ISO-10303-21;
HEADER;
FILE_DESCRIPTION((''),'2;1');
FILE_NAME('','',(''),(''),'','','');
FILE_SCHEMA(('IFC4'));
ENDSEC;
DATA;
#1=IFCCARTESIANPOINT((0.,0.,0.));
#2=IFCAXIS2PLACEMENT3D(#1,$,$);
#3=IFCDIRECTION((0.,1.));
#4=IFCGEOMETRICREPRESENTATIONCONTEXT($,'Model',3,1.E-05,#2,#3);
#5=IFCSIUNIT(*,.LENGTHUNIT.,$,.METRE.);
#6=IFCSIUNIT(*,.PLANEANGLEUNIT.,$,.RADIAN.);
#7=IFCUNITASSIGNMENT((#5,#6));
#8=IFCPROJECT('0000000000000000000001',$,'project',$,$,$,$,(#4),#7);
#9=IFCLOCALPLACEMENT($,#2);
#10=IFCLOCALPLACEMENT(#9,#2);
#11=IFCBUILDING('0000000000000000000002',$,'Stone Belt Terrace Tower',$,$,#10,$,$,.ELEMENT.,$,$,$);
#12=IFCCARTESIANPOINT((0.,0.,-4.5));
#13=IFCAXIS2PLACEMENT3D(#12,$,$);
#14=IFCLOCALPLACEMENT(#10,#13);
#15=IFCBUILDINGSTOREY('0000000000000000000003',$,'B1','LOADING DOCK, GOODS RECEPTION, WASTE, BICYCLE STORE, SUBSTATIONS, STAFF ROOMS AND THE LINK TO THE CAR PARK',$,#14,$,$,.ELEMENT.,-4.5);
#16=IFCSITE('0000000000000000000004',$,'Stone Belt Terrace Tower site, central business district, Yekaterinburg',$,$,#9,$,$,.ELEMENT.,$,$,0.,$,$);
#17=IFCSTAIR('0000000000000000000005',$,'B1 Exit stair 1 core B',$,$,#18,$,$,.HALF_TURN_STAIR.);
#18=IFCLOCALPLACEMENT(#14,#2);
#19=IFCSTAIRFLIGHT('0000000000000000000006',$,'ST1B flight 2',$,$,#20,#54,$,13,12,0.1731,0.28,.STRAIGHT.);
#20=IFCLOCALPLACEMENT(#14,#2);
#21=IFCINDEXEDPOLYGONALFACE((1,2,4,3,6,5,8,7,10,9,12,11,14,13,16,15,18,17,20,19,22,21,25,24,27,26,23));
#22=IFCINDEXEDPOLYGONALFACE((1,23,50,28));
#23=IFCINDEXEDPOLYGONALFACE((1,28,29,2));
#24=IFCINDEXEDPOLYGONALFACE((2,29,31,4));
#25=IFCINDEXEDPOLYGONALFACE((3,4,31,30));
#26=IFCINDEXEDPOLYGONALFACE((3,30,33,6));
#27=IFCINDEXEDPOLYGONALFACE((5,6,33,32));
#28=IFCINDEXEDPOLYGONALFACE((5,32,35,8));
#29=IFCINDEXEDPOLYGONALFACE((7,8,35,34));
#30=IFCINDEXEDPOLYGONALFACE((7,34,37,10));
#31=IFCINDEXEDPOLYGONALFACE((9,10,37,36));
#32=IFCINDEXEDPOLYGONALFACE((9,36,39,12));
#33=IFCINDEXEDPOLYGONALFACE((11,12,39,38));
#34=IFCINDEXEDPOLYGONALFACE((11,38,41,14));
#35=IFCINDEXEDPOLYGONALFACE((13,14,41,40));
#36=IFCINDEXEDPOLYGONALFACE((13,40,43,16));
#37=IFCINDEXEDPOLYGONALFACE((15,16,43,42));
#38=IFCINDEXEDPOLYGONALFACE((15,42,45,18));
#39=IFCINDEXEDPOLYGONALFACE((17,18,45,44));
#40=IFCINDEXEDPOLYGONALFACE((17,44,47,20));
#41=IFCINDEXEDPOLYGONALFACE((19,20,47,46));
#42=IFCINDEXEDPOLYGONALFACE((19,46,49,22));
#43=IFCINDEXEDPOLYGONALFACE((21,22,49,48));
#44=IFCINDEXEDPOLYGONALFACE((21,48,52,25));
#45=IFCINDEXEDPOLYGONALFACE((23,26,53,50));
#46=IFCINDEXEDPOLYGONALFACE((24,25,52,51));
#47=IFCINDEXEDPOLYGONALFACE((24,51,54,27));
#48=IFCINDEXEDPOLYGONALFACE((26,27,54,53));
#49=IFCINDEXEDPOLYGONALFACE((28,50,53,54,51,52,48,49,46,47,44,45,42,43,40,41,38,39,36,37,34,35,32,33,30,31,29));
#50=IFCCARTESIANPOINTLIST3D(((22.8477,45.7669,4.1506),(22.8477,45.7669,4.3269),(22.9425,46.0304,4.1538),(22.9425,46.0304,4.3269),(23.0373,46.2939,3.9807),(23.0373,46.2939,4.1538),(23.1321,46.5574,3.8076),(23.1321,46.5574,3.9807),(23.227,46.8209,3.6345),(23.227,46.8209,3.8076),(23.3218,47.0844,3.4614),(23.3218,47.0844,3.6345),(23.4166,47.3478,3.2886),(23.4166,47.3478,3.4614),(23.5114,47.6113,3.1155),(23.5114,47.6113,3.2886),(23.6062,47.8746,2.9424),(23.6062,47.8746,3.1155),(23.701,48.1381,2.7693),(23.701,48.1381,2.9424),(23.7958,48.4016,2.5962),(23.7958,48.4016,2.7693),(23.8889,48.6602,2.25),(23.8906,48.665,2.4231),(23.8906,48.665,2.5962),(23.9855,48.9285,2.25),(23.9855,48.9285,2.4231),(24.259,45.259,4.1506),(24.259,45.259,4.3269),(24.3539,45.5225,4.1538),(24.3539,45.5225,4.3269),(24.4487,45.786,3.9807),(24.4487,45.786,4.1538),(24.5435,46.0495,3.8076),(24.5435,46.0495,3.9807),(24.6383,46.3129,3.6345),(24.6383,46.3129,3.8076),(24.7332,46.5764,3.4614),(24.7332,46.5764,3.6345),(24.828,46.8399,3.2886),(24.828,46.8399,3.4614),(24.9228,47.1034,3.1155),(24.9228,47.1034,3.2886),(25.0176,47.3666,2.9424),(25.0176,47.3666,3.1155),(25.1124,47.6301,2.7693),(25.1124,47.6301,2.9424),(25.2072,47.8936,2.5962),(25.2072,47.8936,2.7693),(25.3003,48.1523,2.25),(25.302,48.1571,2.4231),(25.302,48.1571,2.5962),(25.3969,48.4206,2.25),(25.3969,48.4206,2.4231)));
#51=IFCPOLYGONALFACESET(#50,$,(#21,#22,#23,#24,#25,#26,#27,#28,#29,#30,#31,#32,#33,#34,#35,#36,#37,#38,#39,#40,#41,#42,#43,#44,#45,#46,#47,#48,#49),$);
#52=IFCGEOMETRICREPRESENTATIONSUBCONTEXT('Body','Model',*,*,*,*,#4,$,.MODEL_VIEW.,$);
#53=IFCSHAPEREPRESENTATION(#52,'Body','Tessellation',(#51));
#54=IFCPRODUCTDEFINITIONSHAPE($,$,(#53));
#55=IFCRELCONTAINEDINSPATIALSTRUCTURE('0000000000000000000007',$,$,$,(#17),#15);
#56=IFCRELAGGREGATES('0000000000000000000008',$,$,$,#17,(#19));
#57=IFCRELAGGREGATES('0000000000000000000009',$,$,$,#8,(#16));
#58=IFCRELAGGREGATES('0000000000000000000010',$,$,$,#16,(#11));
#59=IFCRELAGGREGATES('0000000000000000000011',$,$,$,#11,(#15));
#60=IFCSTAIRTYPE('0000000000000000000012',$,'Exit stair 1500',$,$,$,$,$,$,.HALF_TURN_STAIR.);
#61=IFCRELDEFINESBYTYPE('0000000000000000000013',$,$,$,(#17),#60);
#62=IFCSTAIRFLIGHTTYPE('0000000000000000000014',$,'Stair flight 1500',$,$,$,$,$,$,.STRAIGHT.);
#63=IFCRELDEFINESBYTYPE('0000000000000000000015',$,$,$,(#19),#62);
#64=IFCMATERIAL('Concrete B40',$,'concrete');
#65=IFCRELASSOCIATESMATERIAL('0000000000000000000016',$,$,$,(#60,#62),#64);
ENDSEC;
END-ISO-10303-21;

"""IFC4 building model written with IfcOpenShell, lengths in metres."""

from ifc_helpers import new_model, si_unit, direction, frame, origin, place, context, subcontext, project, spatial, polyline, outline, extrude, material, type_object, element, aggregate, save


model = new_model("IFC4")

# Units and contexts
model_context = context("Model", 3, precision=1e-05, world=origin(), true_north=direction((0.0, 1.0)))
body_context = subcontext(model_context, "Body", "Model", "MODEL_VIEW")
ifc_project = project(units=[si_unit("LENGTHUNIT", "METRE"), si_unit("PLANEANGLEUNIT", "RADIAN")], contexts=[model_context])

# Site, building, storey
site_placement = place(None, origin())
site = spatial("IfcSite", under=ifc_project, at=site_placement, Name="Stone Belt Terrace Tower site, central business district, Yekaterinburg", CompositionType="ELEMENT", RefElevation=0.0)
building_placement = place(site_placement, origin())
building = spatial("IfcBuilding", under=site, at=building_placement, Name="Stone Belt Terrace Tower", CompositionType="ELEMENT")
storey_placement = place(building_placement, frame((0.0, 0.0, -4.5)))
storey = spatial("IfcBuildingStorey", under=building, at=storey_placement, Name="B1", Description="LOADING DOCK, GOODS RECEPTION, WASTE, BICYCLE STORE, SUBSTATIONS, STAFF ROOMS AND THE LINK TO THE CAR PARK", CompositionType="ELEMENT", Elevation=-4.5)

# Stair, stair flight
ifc_material_1 = material(Name="Concrete B40", Category="concrete")
stair_type = type_object("IfcStairType", Name="Exit stair 1500", PredefinedType="HALF_TURN_STAIR", material=ifc_material_1)
stair_placement = place(storey_placement, origin())
stair = element("IfcStair", 1, at=stair_placement, inside=storey, type_object=stair_type, Name="B1 Exit stair 1 core B", PredefinedType="HALF_TURN_STAIR")
stair_flight_type = type_object("IfcStairFlightType", Name="Stair flight 1500", PredefinedType="STRAIGHT", material=ifc_material_1)
stair_flight_1_placement = place(storey_placement, frame((24.6912, 48.6746, 2.25), z_axis=(0.0, 0.0, 1.0), x_axis=(-0.338624, -0.940922, 0.0)))
stair_flight_1 = element("IfcStairFlight", 2, at=stair_flight_1_placement, type_object=stair_flight_type, Name="ST1B flight 2", NumberOfRisers=13, NumberOfTreads=12, PredefinedType="STRAIGHT", RiserHeight=0.1731, TreadLength=0.28, context=body_context, shape_type="SweptSolid", body=[
    extrude(outline(polyline([(0.0, 0.0), (0.0, 0.1731), (0.28, 0.1731), (0.28, 0.3462), (0.5601, 0.3462), (0.5601, 0.5193), (0.8401, 0.5193), (0.8401, 0.6924), (1.1201, 0.6924), (1.1201, 0.8655), (1.3999, 0.8655), (1.3999, 1.0386), (1.6799, 1.0386), (1.6799, 1.2114), (1.96, 1.2114), (1.96, 1.3845), (2.24, 1.3845), (2.24, 1.5576), (2.52, 1.5576), (2.52, 1.7307), (2.8, 1.7307), (2.8, 1.9038), (3.0801, 1.9038), (3.0801, 2.0769), (3.3601, 2.0769), (3.3601, 2.25), (3.3601, 1.9006), (0.2852, 0.0), (0.0, 0.0)])), frame((0.0, 0.75, 0.0), z_axis=(0.0, -1.0, 0.0), x_axis=(1.0, 0.0, 0.0)), (0.0, 0.0, 1.0), 1.5),
])
aggregate(stair, [stair_flight_1])

save(model, "model.ifc")
